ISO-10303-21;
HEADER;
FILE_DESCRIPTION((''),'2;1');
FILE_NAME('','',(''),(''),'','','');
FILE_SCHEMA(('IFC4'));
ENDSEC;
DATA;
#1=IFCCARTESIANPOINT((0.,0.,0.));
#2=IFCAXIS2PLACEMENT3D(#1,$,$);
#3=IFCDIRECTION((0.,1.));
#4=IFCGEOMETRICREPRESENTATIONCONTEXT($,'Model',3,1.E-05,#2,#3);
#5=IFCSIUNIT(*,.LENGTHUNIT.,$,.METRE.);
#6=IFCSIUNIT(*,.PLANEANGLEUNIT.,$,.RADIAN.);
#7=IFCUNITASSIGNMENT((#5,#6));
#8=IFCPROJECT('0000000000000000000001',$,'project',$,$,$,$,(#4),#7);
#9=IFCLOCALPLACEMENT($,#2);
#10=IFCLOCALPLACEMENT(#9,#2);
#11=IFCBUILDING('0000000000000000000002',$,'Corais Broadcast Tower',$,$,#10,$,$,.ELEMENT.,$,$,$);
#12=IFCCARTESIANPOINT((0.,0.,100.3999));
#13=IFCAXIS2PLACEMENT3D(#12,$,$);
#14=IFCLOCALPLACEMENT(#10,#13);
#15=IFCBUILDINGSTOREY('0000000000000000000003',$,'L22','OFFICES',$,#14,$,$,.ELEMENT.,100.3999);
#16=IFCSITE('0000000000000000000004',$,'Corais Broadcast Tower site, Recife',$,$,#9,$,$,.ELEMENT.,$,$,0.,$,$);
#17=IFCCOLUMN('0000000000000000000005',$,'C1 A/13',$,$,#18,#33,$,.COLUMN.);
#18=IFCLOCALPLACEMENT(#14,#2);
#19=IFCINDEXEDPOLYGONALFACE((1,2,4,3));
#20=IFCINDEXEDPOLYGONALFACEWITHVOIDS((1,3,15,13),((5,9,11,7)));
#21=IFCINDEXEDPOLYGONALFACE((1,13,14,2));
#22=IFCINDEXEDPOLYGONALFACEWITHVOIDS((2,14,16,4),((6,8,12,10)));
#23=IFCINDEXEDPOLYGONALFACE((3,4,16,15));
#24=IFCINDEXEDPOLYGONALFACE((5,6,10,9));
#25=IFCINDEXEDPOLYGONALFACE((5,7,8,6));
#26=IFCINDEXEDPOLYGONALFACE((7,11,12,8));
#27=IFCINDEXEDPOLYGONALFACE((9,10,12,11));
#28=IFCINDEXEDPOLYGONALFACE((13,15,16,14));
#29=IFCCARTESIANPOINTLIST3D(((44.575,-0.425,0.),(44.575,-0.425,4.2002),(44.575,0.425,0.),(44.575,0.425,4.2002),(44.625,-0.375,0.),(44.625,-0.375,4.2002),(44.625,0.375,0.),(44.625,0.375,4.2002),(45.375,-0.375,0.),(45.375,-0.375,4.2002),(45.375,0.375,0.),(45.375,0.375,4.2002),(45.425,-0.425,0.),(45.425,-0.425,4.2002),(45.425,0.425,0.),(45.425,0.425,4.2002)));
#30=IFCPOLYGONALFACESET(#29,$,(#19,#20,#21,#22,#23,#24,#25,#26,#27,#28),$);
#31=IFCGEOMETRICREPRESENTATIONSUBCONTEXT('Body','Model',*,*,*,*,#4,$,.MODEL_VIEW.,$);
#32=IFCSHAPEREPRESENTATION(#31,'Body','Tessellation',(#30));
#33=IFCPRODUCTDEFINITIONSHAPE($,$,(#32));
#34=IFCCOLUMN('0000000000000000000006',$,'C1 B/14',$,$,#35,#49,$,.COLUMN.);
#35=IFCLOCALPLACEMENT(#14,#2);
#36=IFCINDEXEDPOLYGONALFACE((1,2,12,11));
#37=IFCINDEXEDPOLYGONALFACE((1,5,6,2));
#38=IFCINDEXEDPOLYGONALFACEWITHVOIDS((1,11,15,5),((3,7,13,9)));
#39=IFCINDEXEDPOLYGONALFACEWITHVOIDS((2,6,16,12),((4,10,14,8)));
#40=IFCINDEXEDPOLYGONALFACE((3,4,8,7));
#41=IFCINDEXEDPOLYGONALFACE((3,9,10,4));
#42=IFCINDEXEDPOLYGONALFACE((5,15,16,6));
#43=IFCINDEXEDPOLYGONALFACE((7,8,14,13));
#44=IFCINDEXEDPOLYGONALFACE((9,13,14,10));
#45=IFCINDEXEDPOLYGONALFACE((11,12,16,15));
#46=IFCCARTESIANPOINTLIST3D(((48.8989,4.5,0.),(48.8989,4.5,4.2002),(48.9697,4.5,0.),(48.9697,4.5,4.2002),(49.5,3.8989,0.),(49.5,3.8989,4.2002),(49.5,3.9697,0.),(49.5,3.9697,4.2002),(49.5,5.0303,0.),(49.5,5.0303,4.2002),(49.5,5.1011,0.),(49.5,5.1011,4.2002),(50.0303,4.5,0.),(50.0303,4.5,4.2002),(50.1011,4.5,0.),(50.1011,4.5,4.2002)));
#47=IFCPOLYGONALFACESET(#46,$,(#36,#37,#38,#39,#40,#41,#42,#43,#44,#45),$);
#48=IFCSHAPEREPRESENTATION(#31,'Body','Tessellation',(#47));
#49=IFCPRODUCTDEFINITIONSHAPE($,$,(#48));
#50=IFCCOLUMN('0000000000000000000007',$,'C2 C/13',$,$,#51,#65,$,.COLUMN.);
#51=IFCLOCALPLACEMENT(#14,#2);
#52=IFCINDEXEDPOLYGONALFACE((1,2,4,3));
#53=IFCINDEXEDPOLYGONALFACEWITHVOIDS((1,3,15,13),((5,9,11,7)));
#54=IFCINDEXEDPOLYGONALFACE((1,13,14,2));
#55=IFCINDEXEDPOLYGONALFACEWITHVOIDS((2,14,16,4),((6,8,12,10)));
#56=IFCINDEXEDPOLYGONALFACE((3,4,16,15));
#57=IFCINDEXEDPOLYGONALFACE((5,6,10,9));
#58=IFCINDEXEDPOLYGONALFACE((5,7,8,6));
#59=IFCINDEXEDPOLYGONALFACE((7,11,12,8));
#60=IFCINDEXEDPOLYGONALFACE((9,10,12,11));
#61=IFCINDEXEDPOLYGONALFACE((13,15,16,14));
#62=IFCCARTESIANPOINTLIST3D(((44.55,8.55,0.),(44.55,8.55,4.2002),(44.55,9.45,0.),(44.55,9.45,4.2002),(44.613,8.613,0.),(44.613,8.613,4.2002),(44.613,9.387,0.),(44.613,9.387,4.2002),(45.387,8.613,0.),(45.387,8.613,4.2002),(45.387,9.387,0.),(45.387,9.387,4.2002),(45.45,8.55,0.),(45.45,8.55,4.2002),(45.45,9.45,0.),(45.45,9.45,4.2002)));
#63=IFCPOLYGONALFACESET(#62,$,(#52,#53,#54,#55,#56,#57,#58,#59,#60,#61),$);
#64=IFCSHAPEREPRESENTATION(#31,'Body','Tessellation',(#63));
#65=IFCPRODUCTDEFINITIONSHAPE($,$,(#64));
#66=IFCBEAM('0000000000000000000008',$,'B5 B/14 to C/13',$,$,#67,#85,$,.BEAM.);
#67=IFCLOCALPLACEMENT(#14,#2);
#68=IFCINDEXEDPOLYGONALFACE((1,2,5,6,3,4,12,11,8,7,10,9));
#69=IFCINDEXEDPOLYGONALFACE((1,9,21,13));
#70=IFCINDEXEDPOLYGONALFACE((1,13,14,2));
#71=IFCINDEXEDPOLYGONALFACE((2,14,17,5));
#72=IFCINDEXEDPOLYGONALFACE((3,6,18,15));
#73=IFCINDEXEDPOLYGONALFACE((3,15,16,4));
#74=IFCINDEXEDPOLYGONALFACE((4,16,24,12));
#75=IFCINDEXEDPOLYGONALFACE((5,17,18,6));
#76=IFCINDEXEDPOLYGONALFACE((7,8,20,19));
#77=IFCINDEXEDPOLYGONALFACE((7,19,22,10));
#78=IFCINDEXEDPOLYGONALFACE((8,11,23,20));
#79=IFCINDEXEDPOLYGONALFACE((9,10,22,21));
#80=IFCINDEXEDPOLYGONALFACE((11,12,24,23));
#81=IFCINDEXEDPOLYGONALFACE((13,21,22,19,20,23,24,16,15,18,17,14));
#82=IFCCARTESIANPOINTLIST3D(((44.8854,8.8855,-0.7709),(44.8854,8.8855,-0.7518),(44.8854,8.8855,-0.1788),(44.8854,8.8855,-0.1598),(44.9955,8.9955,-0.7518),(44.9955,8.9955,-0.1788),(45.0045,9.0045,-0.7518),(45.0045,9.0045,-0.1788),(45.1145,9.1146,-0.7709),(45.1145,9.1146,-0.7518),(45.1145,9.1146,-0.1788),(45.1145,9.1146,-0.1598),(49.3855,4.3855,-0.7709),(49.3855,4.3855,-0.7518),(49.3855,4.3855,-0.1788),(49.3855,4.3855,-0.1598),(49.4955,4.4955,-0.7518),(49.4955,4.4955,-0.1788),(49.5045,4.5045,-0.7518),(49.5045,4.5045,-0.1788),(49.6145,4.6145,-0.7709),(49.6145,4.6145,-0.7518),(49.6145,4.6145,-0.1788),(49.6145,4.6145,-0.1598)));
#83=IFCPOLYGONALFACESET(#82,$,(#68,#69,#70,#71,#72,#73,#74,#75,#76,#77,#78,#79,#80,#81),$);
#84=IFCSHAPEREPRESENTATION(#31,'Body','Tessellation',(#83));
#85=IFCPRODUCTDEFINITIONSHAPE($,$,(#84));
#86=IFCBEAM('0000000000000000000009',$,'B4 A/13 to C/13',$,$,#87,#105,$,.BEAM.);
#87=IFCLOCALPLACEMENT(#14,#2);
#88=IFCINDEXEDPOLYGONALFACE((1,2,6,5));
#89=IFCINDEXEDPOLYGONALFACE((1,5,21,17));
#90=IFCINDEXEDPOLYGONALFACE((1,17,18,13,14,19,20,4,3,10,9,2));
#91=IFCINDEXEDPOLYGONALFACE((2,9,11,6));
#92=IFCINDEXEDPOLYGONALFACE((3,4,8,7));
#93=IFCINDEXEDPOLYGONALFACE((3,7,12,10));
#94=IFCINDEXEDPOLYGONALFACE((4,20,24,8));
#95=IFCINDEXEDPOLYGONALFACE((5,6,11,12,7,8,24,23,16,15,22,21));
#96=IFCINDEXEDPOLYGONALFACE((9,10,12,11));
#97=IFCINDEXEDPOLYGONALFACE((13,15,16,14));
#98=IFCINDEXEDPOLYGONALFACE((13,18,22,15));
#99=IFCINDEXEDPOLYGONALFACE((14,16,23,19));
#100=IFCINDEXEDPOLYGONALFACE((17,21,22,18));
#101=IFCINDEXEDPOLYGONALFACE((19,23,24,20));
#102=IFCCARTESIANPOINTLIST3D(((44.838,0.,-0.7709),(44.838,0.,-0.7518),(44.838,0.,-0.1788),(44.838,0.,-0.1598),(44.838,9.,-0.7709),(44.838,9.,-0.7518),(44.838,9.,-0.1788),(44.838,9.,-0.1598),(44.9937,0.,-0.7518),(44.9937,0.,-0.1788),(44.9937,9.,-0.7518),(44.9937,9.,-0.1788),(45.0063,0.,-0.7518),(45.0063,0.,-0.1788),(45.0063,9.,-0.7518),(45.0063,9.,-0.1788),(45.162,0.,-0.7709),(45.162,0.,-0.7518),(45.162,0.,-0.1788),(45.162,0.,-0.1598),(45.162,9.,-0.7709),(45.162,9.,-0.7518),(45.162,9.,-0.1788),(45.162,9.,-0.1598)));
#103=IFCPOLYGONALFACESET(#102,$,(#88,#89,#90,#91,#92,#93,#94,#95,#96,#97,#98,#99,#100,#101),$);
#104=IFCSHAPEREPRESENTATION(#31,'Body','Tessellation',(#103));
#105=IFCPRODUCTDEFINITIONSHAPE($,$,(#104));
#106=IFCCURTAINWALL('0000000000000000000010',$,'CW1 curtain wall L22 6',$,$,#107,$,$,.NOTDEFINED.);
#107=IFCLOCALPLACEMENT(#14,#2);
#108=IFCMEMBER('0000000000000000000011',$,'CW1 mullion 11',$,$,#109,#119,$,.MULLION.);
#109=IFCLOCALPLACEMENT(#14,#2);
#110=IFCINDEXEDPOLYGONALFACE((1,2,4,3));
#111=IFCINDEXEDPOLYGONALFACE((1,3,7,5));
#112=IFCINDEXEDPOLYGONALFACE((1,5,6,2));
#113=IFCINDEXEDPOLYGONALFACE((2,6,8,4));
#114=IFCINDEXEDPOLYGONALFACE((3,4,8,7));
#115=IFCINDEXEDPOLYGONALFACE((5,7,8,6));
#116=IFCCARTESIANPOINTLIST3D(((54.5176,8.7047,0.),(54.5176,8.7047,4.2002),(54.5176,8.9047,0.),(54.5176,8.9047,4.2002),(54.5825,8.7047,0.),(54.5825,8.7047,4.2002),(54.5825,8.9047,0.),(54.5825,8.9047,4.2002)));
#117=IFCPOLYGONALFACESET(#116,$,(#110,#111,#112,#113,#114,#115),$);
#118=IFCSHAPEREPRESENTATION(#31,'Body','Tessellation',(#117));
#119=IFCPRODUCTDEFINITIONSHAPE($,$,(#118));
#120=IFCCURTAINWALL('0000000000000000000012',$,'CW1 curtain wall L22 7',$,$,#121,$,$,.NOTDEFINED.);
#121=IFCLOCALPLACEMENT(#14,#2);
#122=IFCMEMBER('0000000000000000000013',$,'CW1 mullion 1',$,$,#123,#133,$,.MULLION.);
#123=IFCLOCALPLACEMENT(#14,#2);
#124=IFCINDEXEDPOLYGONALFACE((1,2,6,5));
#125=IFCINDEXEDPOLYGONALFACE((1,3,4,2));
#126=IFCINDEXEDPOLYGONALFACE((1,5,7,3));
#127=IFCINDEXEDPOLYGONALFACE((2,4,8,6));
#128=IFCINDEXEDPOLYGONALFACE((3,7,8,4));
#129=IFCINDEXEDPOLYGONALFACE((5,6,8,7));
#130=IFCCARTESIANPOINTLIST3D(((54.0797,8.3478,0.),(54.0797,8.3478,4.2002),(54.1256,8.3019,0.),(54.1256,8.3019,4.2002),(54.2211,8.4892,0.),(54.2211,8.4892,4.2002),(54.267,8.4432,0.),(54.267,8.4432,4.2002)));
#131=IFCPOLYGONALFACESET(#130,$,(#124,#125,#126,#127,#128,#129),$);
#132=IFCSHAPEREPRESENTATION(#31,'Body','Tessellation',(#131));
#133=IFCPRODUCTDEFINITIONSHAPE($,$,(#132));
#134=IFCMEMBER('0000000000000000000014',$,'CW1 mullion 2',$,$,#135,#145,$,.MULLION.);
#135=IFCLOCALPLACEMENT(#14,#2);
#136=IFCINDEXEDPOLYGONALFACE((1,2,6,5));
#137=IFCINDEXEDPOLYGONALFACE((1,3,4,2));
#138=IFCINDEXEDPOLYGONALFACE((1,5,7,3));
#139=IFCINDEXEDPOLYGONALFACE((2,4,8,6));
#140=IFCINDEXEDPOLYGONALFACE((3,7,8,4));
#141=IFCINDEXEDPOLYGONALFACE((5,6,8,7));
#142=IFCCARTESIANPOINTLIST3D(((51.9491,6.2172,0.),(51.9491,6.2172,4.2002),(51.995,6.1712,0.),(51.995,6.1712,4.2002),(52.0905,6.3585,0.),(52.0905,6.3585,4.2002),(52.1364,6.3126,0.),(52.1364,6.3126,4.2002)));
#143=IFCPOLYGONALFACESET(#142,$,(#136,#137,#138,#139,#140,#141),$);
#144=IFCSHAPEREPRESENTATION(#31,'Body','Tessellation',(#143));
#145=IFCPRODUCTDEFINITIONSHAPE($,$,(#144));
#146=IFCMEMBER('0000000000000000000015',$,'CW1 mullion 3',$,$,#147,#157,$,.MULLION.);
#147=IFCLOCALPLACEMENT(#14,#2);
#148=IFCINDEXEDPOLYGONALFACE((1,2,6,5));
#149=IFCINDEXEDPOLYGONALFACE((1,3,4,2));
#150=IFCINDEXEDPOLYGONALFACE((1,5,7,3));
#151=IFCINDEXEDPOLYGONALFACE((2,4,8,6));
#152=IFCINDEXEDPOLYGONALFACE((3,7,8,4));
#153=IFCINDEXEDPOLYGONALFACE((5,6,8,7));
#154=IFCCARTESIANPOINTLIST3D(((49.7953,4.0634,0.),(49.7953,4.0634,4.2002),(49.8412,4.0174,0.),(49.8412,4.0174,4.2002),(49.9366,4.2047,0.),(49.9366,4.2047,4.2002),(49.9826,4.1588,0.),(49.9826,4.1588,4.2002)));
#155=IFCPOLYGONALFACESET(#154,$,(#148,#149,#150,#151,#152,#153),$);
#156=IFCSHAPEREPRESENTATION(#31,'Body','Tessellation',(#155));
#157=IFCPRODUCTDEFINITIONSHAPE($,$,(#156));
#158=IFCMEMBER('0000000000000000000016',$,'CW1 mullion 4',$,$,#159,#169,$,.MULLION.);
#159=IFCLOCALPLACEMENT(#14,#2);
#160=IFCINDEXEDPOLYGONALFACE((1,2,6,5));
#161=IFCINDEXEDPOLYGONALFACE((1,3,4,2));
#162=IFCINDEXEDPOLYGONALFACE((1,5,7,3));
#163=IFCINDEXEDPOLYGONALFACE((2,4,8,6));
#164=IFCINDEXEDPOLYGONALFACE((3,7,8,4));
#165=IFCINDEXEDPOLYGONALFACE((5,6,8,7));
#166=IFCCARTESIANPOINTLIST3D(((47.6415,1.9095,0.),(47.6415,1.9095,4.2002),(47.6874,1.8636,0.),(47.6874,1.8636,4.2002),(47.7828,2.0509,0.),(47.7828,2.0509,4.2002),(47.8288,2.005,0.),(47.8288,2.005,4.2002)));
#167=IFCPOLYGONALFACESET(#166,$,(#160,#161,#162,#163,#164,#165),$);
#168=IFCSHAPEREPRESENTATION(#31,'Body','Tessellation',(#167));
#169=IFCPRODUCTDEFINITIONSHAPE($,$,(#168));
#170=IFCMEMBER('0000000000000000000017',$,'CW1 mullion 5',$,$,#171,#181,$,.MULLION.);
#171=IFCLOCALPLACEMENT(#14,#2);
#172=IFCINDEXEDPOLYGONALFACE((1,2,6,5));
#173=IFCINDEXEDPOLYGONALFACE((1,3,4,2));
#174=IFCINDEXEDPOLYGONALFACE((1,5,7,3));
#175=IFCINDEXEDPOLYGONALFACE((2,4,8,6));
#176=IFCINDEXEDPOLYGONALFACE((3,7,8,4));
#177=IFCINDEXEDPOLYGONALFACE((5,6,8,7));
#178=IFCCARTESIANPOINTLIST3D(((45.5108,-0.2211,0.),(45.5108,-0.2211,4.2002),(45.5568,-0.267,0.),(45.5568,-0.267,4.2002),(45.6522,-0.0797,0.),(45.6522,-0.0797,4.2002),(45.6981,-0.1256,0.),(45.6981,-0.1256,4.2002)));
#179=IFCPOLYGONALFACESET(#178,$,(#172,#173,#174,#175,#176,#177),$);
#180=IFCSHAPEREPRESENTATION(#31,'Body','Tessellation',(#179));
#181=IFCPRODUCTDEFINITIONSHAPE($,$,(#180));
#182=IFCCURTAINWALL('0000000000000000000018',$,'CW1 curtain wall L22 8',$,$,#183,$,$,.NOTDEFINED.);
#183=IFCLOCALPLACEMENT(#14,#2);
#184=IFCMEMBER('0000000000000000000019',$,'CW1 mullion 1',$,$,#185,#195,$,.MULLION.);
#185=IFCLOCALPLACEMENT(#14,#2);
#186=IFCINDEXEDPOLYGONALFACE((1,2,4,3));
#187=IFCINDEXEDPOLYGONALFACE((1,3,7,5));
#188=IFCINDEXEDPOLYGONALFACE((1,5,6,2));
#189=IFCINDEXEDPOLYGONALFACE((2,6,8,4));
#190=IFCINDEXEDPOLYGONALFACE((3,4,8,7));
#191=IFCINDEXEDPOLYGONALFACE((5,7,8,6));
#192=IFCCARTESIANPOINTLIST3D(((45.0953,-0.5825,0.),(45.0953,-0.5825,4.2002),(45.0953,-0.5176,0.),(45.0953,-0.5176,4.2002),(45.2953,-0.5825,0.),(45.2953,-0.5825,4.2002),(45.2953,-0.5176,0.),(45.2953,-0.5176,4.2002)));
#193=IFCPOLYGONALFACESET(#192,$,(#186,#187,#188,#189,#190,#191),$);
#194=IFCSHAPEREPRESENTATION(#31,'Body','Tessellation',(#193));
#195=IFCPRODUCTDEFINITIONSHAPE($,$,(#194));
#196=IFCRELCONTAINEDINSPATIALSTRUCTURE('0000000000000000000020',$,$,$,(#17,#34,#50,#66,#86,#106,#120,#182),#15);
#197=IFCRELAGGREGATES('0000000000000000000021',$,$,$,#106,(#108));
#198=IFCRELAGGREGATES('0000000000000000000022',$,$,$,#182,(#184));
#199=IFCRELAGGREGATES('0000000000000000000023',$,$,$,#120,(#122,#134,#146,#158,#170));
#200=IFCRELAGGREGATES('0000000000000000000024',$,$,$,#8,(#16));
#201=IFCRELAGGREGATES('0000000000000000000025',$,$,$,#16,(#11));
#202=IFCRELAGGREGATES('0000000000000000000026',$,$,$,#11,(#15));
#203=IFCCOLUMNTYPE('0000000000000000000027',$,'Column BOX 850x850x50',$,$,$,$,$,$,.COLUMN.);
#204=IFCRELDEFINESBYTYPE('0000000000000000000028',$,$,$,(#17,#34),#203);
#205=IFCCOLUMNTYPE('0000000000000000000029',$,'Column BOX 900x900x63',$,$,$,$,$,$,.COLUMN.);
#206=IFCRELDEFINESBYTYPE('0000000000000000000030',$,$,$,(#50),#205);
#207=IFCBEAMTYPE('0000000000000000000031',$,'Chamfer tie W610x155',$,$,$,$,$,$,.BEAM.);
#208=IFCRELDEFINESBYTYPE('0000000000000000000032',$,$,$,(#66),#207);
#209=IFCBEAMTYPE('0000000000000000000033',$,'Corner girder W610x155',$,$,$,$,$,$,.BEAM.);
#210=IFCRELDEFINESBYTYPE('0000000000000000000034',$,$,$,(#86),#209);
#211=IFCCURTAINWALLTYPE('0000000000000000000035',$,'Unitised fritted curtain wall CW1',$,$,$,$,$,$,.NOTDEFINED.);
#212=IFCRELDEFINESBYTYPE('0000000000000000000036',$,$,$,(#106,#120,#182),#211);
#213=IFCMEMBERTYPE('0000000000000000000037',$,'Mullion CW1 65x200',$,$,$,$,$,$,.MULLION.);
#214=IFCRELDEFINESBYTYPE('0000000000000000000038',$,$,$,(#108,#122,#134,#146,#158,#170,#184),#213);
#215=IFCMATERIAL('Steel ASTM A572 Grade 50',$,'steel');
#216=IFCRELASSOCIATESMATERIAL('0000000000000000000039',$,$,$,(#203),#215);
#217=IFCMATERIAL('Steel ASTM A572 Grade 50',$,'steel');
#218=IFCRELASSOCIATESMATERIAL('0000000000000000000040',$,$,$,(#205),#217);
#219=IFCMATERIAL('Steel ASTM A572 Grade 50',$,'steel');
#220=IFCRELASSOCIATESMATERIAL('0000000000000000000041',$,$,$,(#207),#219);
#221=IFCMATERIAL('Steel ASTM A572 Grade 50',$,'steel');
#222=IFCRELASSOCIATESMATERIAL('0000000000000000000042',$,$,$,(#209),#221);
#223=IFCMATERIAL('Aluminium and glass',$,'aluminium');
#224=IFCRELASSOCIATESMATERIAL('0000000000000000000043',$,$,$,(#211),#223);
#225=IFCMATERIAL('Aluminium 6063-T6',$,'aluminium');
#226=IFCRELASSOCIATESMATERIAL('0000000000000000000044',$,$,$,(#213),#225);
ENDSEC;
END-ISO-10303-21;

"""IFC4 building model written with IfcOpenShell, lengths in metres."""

from ifc_helpers import new_model, si_unit, direction, frame, origin, origin_2d, place, context, subcontext, project, spatial, rectangle, hollow_rectangle, i_section, extrude, material, material_profile, profile_set, type_object, element, aggregate, save


model = new_model("IFC4")

# Units and contexts
model_context = context("Model", 3, precision=1e-05, world=origin(), true_north=direction((0.0, 1.0)))
body_context = subcontext(model_context, "Body", "Model", "MODEL_VIEW")
ifc_project = project(units=[si_unit("LENGTHUNIT", "METRE"), si_unit("PLANEANGLEUNIT", "RADIAN")], contexts=[model_context])

# Site, building, storey
site_placement = place(None, origin())
site = spatial("IfcSite", under=ifc_project, at=site_placement, Name="Corais Broadcast Tower site, Recife", CompositionType="ELEMENT", RefElevation=0.0)
building_placement = place(site_placement, origin())
building = spatial("IfcBuilding", under=site, at=building_placement, Name="Corais Broadcast Tower", CompositionType="ELEMENT")
storey_placement = place(building_placement, frame((0.0, 0.0, 100.3999)))
storey = spatial("IfcBuildingStorey", under=building, at=storey_placement, Name="L22", Description="OFFICES", CompositionType="ELEMENT", Elevation=100.3999)

# Columns
ifc_material_1 = material(Name="Steel ASTM A572 Grade 50", Category="steel")
ifc_material_profile_1 = material_profile(ifc_material_1, hollow_rectangle(XDim=0.8501, YDim=0.8501, WallThickness=0.05, at=origin_2d()), Name="BOX 850x850x50")
ifc_profile_set_1 = profile_set([ifc_material_profile_1], Name="Steel ASTM A572 Grade 50")
column_type_1 = type_object("IfcColumnType", Name="Column BOX 850x850x50", PredefinedType="COLUMN", material=ifc_profile_set_1)
for number, where, z_axis, x_axis, name in (
    (1, (45.0, 0.0, 0.0), (0.0, 0.0, 1.0), (1.0, 0.0, 0.0), "C1 A/13"),
    (2, (49.5, 4.5, 0.0), (0.0, 0.0, 1.0), (0.707107, 0.707107, 0.0), "C1 B/14"),
):
    element("IfcColumn", number, at=place(storey_placement, frame(where, z_axis=z_axis, x_axis=x_axis)), inside=storey, type_object=column_type_1, Name=name, PredefinedType="COLUMN", context=body_context, shape_type="SweptSolid", body=[
        extrude(hollow_rectangle(XDim=0.8501, YDim=0.8501, WallThickness=0.05, at=origin_2d()), origin(), (0.0, 0.0, 1.0), 4.2002),
    ])
ifc_material_2 = material(Name="Steel ASTM A572 Grade 50", Category="steel")
ifc_material_profile_2 = material_profile(ifc_material_2, hollow_rectangle(XDim=0.8999, YDim=0.8999, WallThickness=0.063, at=origin_2d()), Name="BOX 900x900x63")
ifc_profile_set_2 = profile_set([ifc_material_profile_2], Name="Steel ASTM A572 Grade 50")
column_type_2 = type_object("IfcColumnType", Name="Column BOX 900x900x63", PredefinedType="COLUMN", material=ifc_profile_set_2)
column_placement = place(storey_placement, frame((45.0, 9.0, 0.0), z_axis=(0.0, 0.0, 1.0), x_axis=(1.0, 0.0, 0.0)))
element("IfcColumn", 3, at=column_placement, inside=storey, type_object=column_type_2, Name="C2 C/13", PredefinedType="COLUMN", context=body_context, shape_type="SweptSolid", body=[
    extrude(hollow_rectangle(XDim=0.8999, YDim=0.8999, WallThickness=0.063, at=origin_2d()), origin(), (0.0, 0.0, 1.0), 4.2002),
])

# Beams
ifc_material_3 = material(Name="Steel ASTM A572 Grade 50", Category="steel")
ifc_material_profile_3 = material_profile(ifc_material_3, i_section(OverallWidth=0.324, OverallDepth=0.6111, WebThickness=0.0127, FlangeThickness=0.019, at=origin_2d()), Name="W610x155")
ifc_profile_set_3 = profile_set([ifc_material_profile_3], Name="Steel ASTM A572 Grade 50")
beam_type_1 = type_object("IfcBeamType", Name="Chamfer tie W610x155", PredefinedType="BEAM", material=ifc_profile_set_3)
beam_1_placement = place(storey_placement, frame((49.5, 4.5, -0.4653), z_axis=(-0.707107, 0.707107, 0.0), x_axis=(-0.707107, -0.707107, 0.0)))
element("IfcBeam", 4, at=beam_1_placement, inside=storey, type_object=beam_type_1, Name="B5 B/14 to C/13", PredefinedType="BEAM", context=body_context, shape_type="SweptSolid", body=[
    extrude(i_section(OverallWidth=0.324, OverallDepth=0.6111, WebThickness=0.0127, FlangeThickness=0.019, at=origin_2d()), origin(), (0.0, 0.0, 1.0), 6.364),
])
ifc_material_4 = material(Name="Steel ASTM A572 Grade 50", Category="steel")
ifc_material_profile_4 = material_profile(ifc_material_4, i_section(OverallWidth=0.324, OverallDepth=0.6111, WebThickness=0.0127, FlangeThickness=0.019, at=origin_2d()), Name="W610x155")
ifc_profile_set_4 = profile_set([ifc_material_profile_4], Name="Steel ASTM A572 Grade 50")
beam_type_2 = type_object("IfcBeamType", Name="Corner girder W610x155", PredefinedType="BEAM", material=ifc_profile_set_4)
beam_2_placement = place(storey_placement, frame((45.0, 0.0, -0.4653), z_axis=(0.0, 1.0, 0.0), x_axis=(-1.0, 0.0, 0.0)))
element("IfcBeam", 5, at=beam_2_placement, inside=storey, type_object=beam_type_2, Name="B4 A/13 to C/13", PredefinedType="BEAM", context=body_context, shape_type="SweptSolid", body=[
    extrude(i_section(OverallWidth=0.324, OverallDepth=0.6111, WebThickness=0.0127, FlangeThickness=0.019, at=origin_2d()), origin(), (0.0, 0.0, 1.0), 9.0),
])

# Curtain wall, member
ifc_material_5 = material(Name="Aluminium and glass", Category="aluminium")
curtain_wall_type = type_object("IfcCurtainWallType", Name="Unitised fritted curtain wall CW1", PredefinedType="NOTDEFINED", material=ifc_material_5)
curtain_wall_1_placement = place(storey_placement, origin())
curtain_wall_1 = element("IfcCurtainWall", 6, at=curtain_wall_1_placement, inside=storey, type_object=curtain_wall_type, Name="CW1 curtain wall L22 6", PredefinedType="NOTDEFINED")
ifc_material_6 = material(Name="Aluminium 6063-T6", Category="aluminium")
ifc_material_profile_5 = material_profile(ifc_material_6, rectangle(XDim=0.0649, YDim=0.2, at=origin_2d()), Name="Mullion CW1 65x200")
ifc_profile_set_5 = profile_set([ifc_material_profile_5], Name="Aluminium 6063-T6")
member_type_1 = type_object("IfcMemberType", Name="Mullion CW1 65x200", PredefinedType="MULLION", material=ifc_profile_set_5)
member_1_placement = place(storey_placement, frame((54.55, 8.8047, 0.0), z_axis=(0.0, 0.0, 1.0), x_axis=(1.0, 0.0, 0.0)))
member_1 = element("IfcMember", 7, at=member_1_placement, type_object=member_type_1, Name="CW1 mullion 11", PredefinedType="MULLION", context=body_context, shape_type="SweptSolid", body=[
    extrude(rectangle(XDim=0.0649, YDim=0.2, at=origin_2d()), origin(), (0.0, 0.0, 1.0), 4.2002),
])
aggregate(curtain_wall_1, [member_1])

# Curtain wall, members
curtain_wall_2_placement = place(storey_placement, origin())
curtain_wall_2 = element("IfcCurtainWall", 8, at=curtain_wall_2_placement, inside=storey, type_object=curtain_wall_type, Name="CW1 curtain wall L22 7", PredefinedType="NOTDEFINED")
member_2_placement = place(storey_placement, frame((54.1733, 8.3955, 0.0), z_axis=(0.0, 0.0, 1.0), x_axis=(0.707107, -0.707107, 0.0)))
member_2 = element("IfcMember", 9, at=member_2_placement, type_object=member_type_1, Name="CW1 mullion 1", PredefinedType="MULLION", context=body_context, shape_type="SweptSolid", body=[
    extrude(rectangle(XDim=0.0649, YDim=0.2, at=origin_2d()), origin(), (0.0, 0.0, 1.0), 4.2002),
])
member_3_placement = place(storey_placement, frame((52.0427, 6.2649, 0.0), z_axis=(0.0, 0.0, 1.0), x_axis=(0.707107, -0.707107, 0.0)))
member_3 = element("IfcMember", 10, at=member_3_placement, type_object=member_type_1, Name="CW1 mullion 2", PredefinedType="MULLION", context=body_context, shape_type="SweptSolid", body=[
    extrude(rectangle(XDim=0.0649, YDim=0.2, at=origin_2d()), origin(), (0.0, 0.0, 1.0), 4.2002),
])
member_4_placement = place(storey_placement, frame((49.8889, 4.1111, 0.0), z_axis=(0.0, 0.0, 1.0), x_axis=(0.707107, -0.707107, 0.0)))
member_4 = element("IfcMember", 11, at=member_4_placement, type_object=member_type_1, Name="CW1 mullion 3", PredefinedType="MULLION", context=body_context, shape_type="SweptSolid", body=[
    extrude(rectangle(XDim=0.0649, YDim=0.2, at=origin_2d()), origin(), (0.0, 0.0, 1.0), 4.2002),
])
member_5_placement = place(storey_placement, frame((47.7351, 1.9573, 0.0), z_axis=(0.0, 0.0, 1.0), x_axis=(0.707107, -0.707107, 0.0)))
member_5 = element("IfcMember", 12, at=member_5_placement, type_object=member_type_1, Name="CW1 mullion 4", PredefinedType="MULLION", context=body_context, shape_type="SweptSolid", body=[
    extrude(rectangle(XDim=0.0649, YDim=0.2, at=origin_2d()), origin(), (0.0, 0.0, 1.0), 4.2002),
])
member_6_placement = place(storey_placement, frame((45.6045, -0.1733, 0.0), z_axis=(0.0, 0.0, 1.0), x_axis=(0.707107, -0.707107, 0.0)))
member_6 = element("IfcMember", 13, at=member_6_placement, type_object=member_type_1, Name="CW1 mullion 5", PredefinedType="MULLION", context=body_context, shape_type="SweptSolid", body=[
    extrude(rectangle(XDim=0.0649, YDim=0.2, at=origin_2d()), origin(), (0.0, 0.0, 1.0), 4.2002),
])

# Curtain wall, member
curtain_wall_3_placement = place(storey_placement, origin())
curtain_wall_3 = element("IfcCurtainWall", 14, at=curtain_wall_3_placement, inside=storey, type_object=curtain_wall_type, Name="CW1 curtain wall L22 8", PredefinedType="NOTDEFINED")
member_7_placement = place(storey_placement, frame((45.1953, -0.55, 0.0), z_axis=(0.0, 0.0, 1.0), x_axis=(0.0, -1.0, 0.0)))
member_7 = element("IfcMember", 15, at=member_7_placement, type_object=member_type_1, Name="CW1 mullion 1", PredefinedType="MULLION", context=body_context, shape_type="SweptSolid", body=[
    extrude(rectangle(XDim=0.0649, YDim=0.2, at=origin_2d()), origin(), (0.0, 0.0, 1.0), 4.2002),
])

aggregate(curtain_wall_3, [member_7])
aggregate(curtain_wall_2, [member_2, member_3, member_4, member_5, member_6])

save(model, "model.ifc")
